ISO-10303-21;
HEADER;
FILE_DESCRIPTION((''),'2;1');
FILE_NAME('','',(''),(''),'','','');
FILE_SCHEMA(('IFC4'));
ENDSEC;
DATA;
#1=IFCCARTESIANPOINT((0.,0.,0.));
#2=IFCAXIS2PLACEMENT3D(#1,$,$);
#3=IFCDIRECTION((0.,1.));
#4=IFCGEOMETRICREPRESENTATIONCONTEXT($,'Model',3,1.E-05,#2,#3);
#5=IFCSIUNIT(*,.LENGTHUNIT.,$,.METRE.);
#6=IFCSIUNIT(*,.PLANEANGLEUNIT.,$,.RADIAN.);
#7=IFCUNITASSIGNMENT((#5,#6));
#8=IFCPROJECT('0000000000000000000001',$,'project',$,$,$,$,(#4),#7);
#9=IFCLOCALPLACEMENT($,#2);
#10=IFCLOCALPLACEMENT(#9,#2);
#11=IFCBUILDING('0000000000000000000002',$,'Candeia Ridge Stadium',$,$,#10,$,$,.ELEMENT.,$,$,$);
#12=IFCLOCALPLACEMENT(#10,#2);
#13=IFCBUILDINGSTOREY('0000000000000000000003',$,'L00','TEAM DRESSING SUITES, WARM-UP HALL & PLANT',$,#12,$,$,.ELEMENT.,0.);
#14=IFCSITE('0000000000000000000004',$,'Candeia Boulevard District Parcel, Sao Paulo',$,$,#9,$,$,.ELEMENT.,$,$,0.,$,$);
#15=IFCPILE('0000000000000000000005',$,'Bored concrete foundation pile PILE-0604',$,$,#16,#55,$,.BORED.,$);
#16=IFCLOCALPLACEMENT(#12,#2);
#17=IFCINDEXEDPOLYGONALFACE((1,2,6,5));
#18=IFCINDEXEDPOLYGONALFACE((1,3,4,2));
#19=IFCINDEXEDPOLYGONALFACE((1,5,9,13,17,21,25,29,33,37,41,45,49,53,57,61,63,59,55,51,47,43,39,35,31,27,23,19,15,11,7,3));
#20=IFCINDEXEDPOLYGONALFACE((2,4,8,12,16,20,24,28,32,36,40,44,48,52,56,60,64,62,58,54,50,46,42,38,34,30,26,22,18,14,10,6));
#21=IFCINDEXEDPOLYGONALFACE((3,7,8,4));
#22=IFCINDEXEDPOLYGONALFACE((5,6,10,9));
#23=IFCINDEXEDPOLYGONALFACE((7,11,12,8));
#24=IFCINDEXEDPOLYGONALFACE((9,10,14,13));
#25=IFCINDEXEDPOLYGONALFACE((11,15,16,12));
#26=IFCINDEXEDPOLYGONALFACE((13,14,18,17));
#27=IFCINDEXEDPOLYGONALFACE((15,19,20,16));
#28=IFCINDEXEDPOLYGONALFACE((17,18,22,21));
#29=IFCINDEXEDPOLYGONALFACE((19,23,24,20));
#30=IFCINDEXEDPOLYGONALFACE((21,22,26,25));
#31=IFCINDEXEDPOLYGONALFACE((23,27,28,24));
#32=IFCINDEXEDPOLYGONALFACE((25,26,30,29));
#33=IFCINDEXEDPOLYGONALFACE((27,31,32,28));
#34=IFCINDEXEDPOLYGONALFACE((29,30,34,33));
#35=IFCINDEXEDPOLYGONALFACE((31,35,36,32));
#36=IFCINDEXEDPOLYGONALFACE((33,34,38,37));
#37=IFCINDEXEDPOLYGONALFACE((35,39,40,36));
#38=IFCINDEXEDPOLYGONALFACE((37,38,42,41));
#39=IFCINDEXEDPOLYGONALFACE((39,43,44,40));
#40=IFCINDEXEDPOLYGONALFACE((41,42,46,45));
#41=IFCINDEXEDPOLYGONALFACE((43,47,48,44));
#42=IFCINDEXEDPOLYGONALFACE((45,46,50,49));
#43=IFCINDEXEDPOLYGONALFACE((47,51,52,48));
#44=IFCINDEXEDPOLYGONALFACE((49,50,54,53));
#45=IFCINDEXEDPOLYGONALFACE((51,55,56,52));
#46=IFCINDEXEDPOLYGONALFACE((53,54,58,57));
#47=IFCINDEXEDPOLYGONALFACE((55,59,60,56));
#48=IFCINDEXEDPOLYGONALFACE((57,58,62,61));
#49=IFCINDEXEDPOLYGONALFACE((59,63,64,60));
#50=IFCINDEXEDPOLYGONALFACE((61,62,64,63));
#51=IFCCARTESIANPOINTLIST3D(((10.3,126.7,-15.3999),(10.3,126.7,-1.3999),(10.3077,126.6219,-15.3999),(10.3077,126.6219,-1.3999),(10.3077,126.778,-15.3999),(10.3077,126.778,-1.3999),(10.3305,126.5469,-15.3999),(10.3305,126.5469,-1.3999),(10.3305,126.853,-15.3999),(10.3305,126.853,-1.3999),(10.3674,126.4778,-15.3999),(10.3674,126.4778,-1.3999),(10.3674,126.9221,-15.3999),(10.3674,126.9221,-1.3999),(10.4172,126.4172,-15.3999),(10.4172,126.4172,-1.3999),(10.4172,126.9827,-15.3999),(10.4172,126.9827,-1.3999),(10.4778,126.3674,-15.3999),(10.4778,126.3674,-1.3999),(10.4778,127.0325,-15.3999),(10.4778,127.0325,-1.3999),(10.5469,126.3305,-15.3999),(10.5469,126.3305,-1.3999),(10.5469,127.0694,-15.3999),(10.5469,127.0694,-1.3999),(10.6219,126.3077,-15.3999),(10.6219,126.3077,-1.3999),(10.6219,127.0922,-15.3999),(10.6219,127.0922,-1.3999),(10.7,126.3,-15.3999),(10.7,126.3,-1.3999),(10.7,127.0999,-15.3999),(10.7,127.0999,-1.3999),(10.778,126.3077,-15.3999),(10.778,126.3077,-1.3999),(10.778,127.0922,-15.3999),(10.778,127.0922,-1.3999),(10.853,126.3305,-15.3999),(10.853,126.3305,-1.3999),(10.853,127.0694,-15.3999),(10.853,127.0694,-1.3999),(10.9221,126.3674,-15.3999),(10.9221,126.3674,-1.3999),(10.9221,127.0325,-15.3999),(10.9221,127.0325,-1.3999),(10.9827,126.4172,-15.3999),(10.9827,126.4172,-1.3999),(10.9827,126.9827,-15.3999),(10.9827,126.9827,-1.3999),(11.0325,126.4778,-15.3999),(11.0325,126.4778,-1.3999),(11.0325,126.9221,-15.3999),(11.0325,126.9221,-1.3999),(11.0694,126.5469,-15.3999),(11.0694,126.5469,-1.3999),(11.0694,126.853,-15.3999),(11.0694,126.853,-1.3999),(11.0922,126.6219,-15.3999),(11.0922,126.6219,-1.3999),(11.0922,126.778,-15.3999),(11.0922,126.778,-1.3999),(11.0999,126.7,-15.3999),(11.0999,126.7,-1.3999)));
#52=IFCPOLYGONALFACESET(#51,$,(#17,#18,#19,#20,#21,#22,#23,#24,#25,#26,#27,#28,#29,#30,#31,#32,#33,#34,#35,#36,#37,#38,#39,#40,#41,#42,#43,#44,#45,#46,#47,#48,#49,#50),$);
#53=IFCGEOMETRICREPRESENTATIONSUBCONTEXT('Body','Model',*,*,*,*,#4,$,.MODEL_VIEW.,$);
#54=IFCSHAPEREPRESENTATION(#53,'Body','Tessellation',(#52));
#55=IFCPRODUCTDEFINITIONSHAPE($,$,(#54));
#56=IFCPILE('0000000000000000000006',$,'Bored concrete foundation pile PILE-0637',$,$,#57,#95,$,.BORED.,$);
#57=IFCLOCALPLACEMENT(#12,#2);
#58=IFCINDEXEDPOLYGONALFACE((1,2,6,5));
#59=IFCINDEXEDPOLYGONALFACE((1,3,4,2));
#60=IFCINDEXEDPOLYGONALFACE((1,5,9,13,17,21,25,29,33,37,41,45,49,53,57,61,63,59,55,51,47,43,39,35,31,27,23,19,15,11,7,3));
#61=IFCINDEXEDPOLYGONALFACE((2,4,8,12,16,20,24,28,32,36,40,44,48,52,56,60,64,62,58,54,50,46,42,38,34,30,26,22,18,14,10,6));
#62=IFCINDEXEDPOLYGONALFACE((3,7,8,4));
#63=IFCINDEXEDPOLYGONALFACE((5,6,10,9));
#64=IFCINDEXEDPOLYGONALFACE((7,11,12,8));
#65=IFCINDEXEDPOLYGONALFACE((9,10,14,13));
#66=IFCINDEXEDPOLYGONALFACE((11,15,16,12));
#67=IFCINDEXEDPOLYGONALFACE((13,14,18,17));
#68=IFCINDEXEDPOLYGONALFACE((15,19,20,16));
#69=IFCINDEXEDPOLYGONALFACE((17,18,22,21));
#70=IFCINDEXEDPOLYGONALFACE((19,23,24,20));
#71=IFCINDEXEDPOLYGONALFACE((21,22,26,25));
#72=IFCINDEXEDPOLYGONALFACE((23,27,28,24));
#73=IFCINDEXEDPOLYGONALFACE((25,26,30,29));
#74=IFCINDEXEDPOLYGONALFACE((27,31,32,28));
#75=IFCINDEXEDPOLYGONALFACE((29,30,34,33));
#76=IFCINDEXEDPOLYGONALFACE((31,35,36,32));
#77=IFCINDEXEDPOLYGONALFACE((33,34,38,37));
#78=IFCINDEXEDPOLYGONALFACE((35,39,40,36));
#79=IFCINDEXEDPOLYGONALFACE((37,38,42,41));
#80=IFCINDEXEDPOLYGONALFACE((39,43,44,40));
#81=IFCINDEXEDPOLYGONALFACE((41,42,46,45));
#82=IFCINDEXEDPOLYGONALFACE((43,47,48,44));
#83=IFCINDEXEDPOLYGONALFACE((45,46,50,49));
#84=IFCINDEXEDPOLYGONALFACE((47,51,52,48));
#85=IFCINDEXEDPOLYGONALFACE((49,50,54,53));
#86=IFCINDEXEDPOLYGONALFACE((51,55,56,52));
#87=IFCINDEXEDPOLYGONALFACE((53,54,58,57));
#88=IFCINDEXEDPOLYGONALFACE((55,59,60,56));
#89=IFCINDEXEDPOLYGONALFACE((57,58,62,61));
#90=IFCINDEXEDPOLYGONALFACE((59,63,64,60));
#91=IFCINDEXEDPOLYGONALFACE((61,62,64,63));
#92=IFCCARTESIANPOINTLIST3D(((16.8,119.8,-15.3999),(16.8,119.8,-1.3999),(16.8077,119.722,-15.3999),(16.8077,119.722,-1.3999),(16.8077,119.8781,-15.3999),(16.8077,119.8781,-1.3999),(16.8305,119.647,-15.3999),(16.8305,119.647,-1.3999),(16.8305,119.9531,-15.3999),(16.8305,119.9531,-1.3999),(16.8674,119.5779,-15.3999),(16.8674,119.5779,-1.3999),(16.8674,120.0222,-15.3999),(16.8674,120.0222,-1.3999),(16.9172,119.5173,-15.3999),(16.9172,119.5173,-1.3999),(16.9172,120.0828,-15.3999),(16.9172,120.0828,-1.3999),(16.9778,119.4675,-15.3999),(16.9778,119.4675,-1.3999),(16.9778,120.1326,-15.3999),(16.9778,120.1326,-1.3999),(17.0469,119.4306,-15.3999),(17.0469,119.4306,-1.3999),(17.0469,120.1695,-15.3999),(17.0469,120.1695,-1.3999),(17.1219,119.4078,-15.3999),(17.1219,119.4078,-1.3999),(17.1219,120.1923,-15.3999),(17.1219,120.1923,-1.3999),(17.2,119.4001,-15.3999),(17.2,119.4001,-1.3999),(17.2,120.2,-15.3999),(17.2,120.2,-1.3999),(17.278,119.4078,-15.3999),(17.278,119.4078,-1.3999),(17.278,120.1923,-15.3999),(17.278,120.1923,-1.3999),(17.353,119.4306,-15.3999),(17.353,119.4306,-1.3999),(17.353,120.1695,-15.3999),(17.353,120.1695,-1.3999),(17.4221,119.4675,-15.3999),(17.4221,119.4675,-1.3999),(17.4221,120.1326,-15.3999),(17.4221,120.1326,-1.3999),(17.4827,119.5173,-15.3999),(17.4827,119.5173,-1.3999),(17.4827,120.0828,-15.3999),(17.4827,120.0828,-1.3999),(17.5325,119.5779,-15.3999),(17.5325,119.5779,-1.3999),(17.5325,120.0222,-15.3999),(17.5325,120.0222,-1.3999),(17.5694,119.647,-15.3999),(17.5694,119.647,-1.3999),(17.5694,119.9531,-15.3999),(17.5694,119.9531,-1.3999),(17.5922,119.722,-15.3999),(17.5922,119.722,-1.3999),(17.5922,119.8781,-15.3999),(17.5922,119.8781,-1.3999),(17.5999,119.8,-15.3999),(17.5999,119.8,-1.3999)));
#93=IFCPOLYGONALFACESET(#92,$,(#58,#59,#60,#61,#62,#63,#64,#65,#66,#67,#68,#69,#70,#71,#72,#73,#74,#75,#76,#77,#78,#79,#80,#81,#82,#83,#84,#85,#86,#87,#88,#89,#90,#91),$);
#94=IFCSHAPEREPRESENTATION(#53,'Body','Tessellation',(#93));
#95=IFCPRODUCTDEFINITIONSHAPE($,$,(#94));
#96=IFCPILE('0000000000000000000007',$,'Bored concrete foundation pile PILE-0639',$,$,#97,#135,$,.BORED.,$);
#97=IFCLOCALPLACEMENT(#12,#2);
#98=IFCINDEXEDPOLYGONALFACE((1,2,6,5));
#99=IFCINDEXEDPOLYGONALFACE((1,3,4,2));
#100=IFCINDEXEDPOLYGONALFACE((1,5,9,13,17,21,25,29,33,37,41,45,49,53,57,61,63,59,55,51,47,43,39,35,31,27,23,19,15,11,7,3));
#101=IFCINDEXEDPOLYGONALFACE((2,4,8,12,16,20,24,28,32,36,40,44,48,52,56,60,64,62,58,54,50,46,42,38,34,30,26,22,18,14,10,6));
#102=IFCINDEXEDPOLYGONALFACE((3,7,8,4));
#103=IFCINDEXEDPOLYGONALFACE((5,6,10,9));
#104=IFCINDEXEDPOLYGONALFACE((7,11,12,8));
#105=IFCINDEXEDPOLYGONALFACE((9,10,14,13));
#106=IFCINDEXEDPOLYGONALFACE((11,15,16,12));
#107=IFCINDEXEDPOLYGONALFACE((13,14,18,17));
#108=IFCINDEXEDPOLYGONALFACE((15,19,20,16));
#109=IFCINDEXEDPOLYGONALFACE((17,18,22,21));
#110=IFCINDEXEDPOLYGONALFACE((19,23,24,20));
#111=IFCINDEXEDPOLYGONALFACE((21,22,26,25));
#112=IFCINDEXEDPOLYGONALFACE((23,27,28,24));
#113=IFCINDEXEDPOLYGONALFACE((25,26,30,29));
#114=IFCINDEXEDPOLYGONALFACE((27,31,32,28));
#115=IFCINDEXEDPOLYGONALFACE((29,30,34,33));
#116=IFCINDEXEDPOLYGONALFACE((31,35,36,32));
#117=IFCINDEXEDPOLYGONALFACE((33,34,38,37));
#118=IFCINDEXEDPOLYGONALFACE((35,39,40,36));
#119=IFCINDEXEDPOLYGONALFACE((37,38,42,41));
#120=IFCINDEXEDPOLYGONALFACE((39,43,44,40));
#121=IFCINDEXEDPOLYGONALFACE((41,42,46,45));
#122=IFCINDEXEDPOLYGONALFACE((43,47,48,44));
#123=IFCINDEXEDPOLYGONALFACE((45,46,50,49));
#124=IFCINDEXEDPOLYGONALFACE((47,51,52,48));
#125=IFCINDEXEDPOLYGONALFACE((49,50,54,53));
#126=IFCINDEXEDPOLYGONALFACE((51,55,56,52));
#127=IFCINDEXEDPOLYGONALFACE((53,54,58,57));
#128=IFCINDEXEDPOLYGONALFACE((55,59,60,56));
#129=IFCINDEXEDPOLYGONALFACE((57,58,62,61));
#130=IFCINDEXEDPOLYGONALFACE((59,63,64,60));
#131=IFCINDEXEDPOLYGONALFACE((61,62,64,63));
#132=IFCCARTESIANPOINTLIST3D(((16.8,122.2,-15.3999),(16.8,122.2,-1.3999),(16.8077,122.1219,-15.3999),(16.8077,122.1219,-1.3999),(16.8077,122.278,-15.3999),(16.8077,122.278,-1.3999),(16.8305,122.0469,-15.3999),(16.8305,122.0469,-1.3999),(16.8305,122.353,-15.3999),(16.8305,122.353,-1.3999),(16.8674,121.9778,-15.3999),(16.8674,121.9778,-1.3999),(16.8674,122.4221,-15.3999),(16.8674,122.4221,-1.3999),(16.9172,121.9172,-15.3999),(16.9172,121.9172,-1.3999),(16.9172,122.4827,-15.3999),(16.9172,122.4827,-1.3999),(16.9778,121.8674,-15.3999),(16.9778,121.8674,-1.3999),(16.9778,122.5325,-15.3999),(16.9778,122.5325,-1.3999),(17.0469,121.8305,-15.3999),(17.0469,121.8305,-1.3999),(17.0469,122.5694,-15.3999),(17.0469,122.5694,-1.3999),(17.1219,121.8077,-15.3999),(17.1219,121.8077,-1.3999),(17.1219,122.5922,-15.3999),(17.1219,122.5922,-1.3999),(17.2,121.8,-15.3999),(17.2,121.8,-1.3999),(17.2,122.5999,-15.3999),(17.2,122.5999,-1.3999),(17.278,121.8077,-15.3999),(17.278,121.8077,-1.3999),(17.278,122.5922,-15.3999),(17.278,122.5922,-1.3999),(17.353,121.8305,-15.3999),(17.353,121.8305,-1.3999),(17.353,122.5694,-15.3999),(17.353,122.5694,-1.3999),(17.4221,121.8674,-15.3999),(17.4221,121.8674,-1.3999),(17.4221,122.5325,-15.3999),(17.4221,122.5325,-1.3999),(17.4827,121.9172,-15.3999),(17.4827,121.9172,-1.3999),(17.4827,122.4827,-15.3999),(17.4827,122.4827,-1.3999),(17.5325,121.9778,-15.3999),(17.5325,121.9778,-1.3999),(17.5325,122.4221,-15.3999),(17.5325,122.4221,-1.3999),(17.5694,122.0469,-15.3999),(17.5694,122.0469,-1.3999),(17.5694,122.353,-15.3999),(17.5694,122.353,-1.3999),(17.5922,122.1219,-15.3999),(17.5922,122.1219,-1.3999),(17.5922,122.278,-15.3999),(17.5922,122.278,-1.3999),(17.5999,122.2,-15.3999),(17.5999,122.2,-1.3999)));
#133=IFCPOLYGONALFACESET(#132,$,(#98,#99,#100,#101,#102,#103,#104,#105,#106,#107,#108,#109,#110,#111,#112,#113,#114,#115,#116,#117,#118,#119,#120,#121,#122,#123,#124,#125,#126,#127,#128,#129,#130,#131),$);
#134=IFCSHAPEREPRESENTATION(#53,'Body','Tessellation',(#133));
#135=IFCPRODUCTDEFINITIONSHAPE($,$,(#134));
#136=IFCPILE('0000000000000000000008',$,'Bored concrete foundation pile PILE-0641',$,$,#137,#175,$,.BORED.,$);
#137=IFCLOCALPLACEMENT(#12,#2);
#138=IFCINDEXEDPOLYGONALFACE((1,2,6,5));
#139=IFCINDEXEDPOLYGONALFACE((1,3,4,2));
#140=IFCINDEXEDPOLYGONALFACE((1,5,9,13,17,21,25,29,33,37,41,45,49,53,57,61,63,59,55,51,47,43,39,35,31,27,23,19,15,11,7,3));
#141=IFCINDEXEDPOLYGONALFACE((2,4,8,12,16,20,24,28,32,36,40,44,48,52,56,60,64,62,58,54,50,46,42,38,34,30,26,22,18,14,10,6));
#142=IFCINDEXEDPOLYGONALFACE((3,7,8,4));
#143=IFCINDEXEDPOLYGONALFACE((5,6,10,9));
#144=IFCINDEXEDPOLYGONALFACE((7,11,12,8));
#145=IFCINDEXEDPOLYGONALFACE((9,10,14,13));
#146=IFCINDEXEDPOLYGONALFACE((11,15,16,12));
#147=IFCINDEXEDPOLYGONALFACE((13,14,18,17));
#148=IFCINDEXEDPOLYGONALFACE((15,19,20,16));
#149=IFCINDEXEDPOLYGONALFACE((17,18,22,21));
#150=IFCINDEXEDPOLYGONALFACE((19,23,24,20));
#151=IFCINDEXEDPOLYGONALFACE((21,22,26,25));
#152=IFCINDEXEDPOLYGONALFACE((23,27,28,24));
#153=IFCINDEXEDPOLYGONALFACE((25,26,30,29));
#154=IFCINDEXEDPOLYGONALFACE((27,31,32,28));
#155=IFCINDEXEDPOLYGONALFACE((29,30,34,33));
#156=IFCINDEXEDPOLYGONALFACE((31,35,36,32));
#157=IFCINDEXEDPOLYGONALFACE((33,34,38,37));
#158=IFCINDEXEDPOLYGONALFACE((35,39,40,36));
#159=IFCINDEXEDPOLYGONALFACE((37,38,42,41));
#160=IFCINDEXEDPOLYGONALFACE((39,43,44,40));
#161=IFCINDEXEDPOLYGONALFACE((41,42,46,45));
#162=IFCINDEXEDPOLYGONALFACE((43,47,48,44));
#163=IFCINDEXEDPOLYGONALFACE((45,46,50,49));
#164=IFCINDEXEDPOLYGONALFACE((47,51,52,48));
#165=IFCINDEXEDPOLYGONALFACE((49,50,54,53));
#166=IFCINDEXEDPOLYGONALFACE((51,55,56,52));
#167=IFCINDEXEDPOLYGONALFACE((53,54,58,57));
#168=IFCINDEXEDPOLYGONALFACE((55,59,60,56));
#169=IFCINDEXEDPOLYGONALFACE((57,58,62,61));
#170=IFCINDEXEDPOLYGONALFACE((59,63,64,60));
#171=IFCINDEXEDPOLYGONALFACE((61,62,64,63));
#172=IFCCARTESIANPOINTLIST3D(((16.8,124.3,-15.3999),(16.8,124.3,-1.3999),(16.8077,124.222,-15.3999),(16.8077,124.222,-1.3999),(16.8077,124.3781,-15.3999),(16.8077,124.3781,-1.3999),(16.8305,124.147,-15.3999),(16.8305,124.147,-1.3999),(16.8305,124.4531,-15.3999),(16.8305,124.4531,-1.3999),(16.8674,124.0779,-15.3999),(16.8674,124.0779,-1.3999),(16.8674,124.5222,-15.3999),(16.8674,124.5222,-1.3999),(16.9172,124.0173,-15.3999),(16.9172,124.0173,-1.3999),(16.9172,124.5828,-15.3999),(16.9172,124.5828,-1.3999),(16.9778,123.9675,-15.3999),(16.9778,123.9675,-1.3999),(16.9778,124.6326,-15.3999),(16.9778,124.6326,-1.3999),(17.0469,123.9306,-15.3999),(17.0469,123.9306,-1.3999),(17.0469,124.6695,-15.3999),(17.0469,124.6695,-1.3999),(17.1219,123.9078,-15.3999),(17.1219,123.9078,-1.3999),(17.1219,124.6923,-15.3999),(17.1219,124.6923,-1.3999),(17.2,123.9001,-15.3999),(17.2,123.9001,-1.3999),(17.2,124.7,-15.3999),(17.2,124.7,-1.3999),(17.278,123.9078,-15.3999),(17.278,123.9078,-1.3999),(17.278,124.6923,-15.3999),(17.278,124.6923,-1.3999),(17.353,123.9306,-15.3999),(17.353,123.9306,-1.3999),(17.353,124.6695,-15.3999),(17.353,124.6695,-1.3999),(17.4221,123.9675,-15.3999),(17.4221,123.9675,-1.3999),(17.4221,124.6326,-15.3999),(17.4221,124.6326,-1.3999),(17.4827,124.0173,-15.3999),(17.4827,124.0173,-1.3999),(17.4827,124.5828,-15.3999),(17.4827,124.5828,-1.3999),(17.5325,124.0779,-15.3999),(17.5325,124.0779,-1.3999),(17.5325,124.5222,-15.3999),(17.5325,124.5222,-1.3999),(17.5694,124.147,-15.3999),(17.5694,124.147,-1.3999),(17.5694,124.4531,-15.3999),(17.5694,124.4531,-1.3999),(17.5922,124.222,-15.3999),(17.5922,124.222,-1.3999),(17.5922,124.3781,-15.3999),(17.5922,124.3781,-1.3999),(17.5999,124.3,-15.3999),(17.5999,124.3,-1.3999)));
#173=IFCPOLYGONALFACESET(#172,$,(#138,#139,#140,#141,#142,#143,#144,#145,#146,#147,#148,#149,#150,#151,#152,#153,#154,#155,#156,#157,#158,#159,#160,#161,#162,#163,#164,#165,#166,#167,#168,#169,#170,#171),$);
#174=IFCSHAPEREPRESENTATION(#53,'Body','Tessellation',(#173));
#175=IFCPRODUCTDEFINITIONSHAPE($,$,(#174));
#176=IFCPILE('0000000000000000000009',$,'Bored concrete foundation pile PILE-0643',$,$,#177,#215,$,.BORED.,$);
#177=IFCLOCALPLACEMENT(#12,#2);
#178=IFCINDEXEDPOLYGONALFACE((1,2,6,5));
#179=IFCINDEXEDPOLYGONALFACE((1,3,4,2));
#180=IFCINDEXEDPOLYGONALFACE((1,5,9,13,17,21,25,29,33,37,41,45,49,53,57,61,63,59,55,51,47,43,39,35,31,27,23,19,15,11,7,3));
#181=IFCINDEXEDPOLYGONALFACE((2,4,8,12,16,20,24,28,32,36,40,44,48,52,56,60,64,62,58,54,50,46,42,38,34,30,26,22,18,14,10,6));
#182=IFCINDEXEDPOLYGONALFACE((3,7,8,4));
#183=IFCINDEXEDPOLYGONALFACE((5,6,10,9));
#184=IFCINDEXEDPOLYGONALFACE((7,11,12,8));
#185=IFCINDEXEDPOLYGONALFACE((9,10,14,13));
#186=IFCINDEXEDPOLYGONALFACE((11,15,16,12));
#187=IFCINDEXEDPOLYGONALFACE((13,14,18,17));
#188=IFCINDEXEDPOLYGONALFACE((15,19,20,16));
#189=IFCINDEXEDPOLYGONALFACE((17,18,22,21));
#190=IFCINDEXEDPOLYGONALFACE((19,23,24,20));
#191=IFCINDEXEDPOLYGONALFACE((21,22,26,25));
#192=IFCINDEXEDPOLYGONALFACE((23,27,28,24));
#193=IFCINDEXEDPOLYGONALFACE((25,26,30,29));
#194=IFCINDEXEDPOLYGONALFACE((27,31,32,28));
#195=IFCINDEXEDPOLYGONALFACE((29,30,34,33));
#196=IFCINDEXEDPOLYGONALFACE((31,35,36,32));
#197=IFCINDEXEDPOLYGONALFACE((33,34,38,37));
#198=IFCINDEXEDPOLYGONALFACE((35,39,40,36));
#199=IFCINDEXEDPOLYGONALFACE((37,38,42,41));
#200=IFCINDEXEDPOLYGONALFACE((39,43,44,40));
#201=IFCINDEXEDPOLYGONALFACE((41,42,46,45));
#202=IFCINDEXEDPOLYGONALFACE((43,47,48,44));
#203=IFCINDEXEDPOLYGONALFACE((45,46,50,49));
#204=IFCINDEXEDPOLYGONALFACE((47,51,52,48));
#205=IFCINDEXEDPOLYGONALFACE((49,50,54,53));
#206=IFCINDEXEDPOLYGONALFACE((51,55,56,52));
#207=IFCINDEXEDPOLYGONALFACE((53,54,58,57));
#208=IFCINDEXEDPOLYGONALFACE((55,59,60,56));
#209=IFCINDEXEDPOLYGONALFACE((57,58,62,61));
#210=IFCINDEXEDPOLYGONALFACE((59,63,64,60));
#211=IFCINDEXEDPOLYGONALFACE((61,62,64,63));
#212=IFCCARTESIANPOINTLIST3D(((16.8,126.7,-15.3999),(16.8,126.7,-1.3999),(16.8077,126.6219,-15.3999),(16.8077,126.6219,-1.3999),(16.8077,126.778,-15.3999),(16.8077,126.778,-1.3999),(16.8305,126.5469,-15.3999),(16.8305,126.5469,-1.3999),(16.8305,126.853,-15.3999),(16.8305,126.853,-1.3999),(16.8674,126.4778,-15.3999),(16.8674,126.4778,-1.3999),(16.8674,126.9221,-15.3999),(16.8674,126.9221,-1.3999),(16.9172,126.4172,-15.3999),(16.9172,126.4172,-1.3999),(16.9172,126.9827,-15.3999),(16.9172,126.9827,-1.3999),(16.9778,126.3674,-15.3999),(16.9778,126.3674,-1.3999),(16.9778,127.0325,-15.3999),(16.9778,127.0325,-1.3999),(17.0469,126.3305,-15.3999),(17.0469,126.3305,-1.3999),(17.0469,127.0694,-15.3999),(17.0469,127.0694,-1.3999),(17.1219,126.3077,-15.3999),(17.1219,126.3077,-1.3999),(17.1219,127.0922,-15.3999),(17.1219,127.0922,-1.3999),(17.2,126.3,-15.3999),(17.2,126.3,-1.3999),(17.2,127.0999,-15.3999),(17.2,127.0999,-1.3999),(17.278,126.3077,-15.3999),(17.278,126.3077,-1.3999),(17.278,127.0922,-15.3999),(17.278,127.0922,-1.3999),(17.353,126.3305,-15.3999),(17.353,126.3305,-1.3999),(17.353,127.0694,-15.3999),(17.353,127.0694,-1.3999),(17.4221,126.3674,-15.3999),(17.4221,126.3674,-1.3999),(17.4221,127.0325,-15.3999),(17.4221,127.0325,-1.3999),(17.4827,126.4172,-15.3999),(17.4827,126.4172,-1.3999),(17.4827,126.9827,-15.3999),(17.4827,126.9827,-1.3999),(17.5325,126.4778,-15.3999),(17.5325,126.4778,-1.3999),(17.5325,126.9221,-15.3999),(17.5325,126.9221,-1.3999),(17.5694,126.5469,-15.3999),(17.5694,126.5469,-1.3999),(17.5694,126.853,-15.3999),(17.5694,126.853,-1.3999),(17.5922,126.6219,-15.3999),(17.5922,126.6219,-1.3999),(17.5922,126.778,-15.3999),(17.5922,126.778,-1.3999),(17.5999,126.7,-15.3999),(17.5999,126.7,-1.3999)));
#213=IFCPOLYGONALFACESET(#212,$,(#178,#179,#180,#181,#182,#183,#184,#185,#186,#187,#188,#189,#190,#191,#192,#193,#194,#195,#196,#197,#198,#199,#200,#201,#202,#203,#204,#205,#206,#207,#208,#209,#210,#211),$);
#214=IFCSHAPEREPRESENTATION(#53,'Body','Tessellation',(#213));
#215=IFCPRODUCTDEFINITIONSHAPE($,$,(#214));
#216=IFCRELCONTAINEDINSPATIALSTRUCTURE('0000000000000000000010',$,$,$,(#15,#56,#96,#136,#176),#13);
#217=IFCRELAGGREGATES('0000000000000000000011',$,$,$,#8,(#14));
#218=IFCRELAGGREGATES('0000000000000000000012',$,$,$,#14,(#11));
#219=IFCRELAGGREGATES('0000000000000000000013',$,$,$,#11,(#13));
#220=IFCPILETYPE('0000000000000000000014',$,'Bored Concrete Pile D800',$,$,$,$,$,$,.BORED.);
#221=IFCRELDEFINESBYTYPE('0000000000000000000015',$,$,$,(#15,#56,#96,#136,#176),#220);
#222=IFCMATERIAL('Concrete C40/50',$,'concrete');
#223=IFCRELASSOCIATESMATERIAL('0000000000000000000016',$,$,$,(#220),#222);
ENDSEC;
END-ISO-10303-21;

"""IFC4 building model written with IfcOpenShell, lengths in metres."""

from ifc_helpers import new_model, si_unit, direction, frame, origin, origin_2d, place, context, subcontext, project, spatial, circle, extrude, material, material_profile, profile_set, type_object, element, save


model = new_model("IFC4")

# Units and contexts
model_context = context("Model", 3, precision=1e-05, world=origin(), true_north=direction((0.0, 1.0)))
body_context = subcontext(model_context, "Body", "Model", "MODEL_VIEW")
ifc_project = project(units=[si_unit("LENGTHUNIT", "METRE"), si_unit("PLANEANGLEUNIT", "RADIAN")], contexts=[model_context])

# Site, building, storey
site_placement = place(None, origin())
site = spatial("IfcSite", under=ifc_project, at=site_placement, Name="Candeia Boulevard District Parcel, Sao Paulo", CompositionType="ELEMENT", RefElevation=0.0)
building_placement = place(site_placement, origin())
building = spatial("IfcBuilding", under=site, at=building_placement, Name="Candeia Ridge Stadium", CompositionType="ELEMENT")
storey_placement = place(building_placement, origin())
storey = spatial("IfcBuildingStorey", under=building, at=storey_placement, Name="L00", Description="TEAM DRESSING SUITES, WARM-UP HALL & PLANT", CompositionType="ELEMENT", Elevation=0.0)

# Piles
ifc_material_1 = material(Name="Concrete C40/50", Category="concrete")
ifc_material_profile_1 = material_profile(ifc_material_1, circle(Radius=0.3999, at=origin_2d()), Name="PILE-D800", Category="concrete")
ifc_profile_set_1 = profile_set([ifc_material_profile_1], Name="Concrete C40/50")
pile_type = type_object("IfcPileType", Name="Bored Concrete Pile D800", PredefinedType="BORED", material=ifc_profile_set_1)
for number, where, z_axis, x_axis, name in (
    (1, (10.7, 126.7, -1.3999), (0.0, 0.0, -1.0), (1.0, 0.0, 0.0), "Bored concrete foundation pile PILE-0604"),
    (2, (17.2, 119.8, -1.3999), (0.0, 0.0, -1.0), (1.0, 0.0, 0.0), "Bored concrete foundation pile PILE-0637"),
    (3, (17.2, 122.2, -1.3999), (0.0, 0.0, -1.0), (1.0, 0.0, 0.0), "Bored concrete foundation pile PILE-0639"),
    (4, (17.2, 124.3, -1.3999), (0.0, 0.0, -1.0), (1.0, 0.0, 0.0), "Bored concrete foundation pile PILE-0641"),
    (5, (17.2, 126.7, -1.3999), (0.0, 0.0, -1.0), (1.0, 0.0, 0.0), "Bored concrete foundation pile PILE-0643"),
):
    element("IfcPile", number, at=place(storey_placement, frame(where, z_axis=z_axis, x_axis=x_axis)), inside=storey, type_object=pile_type, Name=name, PredefinedType="BORED", context=body_context, shape_type="SweptSolid", body=[
        extrude(circle(Radius=0.3999, at=origin_2d()), origin(), (0.0, 0.0, 1.0), 14.0),
    ])

save(model, "model.ifc")
